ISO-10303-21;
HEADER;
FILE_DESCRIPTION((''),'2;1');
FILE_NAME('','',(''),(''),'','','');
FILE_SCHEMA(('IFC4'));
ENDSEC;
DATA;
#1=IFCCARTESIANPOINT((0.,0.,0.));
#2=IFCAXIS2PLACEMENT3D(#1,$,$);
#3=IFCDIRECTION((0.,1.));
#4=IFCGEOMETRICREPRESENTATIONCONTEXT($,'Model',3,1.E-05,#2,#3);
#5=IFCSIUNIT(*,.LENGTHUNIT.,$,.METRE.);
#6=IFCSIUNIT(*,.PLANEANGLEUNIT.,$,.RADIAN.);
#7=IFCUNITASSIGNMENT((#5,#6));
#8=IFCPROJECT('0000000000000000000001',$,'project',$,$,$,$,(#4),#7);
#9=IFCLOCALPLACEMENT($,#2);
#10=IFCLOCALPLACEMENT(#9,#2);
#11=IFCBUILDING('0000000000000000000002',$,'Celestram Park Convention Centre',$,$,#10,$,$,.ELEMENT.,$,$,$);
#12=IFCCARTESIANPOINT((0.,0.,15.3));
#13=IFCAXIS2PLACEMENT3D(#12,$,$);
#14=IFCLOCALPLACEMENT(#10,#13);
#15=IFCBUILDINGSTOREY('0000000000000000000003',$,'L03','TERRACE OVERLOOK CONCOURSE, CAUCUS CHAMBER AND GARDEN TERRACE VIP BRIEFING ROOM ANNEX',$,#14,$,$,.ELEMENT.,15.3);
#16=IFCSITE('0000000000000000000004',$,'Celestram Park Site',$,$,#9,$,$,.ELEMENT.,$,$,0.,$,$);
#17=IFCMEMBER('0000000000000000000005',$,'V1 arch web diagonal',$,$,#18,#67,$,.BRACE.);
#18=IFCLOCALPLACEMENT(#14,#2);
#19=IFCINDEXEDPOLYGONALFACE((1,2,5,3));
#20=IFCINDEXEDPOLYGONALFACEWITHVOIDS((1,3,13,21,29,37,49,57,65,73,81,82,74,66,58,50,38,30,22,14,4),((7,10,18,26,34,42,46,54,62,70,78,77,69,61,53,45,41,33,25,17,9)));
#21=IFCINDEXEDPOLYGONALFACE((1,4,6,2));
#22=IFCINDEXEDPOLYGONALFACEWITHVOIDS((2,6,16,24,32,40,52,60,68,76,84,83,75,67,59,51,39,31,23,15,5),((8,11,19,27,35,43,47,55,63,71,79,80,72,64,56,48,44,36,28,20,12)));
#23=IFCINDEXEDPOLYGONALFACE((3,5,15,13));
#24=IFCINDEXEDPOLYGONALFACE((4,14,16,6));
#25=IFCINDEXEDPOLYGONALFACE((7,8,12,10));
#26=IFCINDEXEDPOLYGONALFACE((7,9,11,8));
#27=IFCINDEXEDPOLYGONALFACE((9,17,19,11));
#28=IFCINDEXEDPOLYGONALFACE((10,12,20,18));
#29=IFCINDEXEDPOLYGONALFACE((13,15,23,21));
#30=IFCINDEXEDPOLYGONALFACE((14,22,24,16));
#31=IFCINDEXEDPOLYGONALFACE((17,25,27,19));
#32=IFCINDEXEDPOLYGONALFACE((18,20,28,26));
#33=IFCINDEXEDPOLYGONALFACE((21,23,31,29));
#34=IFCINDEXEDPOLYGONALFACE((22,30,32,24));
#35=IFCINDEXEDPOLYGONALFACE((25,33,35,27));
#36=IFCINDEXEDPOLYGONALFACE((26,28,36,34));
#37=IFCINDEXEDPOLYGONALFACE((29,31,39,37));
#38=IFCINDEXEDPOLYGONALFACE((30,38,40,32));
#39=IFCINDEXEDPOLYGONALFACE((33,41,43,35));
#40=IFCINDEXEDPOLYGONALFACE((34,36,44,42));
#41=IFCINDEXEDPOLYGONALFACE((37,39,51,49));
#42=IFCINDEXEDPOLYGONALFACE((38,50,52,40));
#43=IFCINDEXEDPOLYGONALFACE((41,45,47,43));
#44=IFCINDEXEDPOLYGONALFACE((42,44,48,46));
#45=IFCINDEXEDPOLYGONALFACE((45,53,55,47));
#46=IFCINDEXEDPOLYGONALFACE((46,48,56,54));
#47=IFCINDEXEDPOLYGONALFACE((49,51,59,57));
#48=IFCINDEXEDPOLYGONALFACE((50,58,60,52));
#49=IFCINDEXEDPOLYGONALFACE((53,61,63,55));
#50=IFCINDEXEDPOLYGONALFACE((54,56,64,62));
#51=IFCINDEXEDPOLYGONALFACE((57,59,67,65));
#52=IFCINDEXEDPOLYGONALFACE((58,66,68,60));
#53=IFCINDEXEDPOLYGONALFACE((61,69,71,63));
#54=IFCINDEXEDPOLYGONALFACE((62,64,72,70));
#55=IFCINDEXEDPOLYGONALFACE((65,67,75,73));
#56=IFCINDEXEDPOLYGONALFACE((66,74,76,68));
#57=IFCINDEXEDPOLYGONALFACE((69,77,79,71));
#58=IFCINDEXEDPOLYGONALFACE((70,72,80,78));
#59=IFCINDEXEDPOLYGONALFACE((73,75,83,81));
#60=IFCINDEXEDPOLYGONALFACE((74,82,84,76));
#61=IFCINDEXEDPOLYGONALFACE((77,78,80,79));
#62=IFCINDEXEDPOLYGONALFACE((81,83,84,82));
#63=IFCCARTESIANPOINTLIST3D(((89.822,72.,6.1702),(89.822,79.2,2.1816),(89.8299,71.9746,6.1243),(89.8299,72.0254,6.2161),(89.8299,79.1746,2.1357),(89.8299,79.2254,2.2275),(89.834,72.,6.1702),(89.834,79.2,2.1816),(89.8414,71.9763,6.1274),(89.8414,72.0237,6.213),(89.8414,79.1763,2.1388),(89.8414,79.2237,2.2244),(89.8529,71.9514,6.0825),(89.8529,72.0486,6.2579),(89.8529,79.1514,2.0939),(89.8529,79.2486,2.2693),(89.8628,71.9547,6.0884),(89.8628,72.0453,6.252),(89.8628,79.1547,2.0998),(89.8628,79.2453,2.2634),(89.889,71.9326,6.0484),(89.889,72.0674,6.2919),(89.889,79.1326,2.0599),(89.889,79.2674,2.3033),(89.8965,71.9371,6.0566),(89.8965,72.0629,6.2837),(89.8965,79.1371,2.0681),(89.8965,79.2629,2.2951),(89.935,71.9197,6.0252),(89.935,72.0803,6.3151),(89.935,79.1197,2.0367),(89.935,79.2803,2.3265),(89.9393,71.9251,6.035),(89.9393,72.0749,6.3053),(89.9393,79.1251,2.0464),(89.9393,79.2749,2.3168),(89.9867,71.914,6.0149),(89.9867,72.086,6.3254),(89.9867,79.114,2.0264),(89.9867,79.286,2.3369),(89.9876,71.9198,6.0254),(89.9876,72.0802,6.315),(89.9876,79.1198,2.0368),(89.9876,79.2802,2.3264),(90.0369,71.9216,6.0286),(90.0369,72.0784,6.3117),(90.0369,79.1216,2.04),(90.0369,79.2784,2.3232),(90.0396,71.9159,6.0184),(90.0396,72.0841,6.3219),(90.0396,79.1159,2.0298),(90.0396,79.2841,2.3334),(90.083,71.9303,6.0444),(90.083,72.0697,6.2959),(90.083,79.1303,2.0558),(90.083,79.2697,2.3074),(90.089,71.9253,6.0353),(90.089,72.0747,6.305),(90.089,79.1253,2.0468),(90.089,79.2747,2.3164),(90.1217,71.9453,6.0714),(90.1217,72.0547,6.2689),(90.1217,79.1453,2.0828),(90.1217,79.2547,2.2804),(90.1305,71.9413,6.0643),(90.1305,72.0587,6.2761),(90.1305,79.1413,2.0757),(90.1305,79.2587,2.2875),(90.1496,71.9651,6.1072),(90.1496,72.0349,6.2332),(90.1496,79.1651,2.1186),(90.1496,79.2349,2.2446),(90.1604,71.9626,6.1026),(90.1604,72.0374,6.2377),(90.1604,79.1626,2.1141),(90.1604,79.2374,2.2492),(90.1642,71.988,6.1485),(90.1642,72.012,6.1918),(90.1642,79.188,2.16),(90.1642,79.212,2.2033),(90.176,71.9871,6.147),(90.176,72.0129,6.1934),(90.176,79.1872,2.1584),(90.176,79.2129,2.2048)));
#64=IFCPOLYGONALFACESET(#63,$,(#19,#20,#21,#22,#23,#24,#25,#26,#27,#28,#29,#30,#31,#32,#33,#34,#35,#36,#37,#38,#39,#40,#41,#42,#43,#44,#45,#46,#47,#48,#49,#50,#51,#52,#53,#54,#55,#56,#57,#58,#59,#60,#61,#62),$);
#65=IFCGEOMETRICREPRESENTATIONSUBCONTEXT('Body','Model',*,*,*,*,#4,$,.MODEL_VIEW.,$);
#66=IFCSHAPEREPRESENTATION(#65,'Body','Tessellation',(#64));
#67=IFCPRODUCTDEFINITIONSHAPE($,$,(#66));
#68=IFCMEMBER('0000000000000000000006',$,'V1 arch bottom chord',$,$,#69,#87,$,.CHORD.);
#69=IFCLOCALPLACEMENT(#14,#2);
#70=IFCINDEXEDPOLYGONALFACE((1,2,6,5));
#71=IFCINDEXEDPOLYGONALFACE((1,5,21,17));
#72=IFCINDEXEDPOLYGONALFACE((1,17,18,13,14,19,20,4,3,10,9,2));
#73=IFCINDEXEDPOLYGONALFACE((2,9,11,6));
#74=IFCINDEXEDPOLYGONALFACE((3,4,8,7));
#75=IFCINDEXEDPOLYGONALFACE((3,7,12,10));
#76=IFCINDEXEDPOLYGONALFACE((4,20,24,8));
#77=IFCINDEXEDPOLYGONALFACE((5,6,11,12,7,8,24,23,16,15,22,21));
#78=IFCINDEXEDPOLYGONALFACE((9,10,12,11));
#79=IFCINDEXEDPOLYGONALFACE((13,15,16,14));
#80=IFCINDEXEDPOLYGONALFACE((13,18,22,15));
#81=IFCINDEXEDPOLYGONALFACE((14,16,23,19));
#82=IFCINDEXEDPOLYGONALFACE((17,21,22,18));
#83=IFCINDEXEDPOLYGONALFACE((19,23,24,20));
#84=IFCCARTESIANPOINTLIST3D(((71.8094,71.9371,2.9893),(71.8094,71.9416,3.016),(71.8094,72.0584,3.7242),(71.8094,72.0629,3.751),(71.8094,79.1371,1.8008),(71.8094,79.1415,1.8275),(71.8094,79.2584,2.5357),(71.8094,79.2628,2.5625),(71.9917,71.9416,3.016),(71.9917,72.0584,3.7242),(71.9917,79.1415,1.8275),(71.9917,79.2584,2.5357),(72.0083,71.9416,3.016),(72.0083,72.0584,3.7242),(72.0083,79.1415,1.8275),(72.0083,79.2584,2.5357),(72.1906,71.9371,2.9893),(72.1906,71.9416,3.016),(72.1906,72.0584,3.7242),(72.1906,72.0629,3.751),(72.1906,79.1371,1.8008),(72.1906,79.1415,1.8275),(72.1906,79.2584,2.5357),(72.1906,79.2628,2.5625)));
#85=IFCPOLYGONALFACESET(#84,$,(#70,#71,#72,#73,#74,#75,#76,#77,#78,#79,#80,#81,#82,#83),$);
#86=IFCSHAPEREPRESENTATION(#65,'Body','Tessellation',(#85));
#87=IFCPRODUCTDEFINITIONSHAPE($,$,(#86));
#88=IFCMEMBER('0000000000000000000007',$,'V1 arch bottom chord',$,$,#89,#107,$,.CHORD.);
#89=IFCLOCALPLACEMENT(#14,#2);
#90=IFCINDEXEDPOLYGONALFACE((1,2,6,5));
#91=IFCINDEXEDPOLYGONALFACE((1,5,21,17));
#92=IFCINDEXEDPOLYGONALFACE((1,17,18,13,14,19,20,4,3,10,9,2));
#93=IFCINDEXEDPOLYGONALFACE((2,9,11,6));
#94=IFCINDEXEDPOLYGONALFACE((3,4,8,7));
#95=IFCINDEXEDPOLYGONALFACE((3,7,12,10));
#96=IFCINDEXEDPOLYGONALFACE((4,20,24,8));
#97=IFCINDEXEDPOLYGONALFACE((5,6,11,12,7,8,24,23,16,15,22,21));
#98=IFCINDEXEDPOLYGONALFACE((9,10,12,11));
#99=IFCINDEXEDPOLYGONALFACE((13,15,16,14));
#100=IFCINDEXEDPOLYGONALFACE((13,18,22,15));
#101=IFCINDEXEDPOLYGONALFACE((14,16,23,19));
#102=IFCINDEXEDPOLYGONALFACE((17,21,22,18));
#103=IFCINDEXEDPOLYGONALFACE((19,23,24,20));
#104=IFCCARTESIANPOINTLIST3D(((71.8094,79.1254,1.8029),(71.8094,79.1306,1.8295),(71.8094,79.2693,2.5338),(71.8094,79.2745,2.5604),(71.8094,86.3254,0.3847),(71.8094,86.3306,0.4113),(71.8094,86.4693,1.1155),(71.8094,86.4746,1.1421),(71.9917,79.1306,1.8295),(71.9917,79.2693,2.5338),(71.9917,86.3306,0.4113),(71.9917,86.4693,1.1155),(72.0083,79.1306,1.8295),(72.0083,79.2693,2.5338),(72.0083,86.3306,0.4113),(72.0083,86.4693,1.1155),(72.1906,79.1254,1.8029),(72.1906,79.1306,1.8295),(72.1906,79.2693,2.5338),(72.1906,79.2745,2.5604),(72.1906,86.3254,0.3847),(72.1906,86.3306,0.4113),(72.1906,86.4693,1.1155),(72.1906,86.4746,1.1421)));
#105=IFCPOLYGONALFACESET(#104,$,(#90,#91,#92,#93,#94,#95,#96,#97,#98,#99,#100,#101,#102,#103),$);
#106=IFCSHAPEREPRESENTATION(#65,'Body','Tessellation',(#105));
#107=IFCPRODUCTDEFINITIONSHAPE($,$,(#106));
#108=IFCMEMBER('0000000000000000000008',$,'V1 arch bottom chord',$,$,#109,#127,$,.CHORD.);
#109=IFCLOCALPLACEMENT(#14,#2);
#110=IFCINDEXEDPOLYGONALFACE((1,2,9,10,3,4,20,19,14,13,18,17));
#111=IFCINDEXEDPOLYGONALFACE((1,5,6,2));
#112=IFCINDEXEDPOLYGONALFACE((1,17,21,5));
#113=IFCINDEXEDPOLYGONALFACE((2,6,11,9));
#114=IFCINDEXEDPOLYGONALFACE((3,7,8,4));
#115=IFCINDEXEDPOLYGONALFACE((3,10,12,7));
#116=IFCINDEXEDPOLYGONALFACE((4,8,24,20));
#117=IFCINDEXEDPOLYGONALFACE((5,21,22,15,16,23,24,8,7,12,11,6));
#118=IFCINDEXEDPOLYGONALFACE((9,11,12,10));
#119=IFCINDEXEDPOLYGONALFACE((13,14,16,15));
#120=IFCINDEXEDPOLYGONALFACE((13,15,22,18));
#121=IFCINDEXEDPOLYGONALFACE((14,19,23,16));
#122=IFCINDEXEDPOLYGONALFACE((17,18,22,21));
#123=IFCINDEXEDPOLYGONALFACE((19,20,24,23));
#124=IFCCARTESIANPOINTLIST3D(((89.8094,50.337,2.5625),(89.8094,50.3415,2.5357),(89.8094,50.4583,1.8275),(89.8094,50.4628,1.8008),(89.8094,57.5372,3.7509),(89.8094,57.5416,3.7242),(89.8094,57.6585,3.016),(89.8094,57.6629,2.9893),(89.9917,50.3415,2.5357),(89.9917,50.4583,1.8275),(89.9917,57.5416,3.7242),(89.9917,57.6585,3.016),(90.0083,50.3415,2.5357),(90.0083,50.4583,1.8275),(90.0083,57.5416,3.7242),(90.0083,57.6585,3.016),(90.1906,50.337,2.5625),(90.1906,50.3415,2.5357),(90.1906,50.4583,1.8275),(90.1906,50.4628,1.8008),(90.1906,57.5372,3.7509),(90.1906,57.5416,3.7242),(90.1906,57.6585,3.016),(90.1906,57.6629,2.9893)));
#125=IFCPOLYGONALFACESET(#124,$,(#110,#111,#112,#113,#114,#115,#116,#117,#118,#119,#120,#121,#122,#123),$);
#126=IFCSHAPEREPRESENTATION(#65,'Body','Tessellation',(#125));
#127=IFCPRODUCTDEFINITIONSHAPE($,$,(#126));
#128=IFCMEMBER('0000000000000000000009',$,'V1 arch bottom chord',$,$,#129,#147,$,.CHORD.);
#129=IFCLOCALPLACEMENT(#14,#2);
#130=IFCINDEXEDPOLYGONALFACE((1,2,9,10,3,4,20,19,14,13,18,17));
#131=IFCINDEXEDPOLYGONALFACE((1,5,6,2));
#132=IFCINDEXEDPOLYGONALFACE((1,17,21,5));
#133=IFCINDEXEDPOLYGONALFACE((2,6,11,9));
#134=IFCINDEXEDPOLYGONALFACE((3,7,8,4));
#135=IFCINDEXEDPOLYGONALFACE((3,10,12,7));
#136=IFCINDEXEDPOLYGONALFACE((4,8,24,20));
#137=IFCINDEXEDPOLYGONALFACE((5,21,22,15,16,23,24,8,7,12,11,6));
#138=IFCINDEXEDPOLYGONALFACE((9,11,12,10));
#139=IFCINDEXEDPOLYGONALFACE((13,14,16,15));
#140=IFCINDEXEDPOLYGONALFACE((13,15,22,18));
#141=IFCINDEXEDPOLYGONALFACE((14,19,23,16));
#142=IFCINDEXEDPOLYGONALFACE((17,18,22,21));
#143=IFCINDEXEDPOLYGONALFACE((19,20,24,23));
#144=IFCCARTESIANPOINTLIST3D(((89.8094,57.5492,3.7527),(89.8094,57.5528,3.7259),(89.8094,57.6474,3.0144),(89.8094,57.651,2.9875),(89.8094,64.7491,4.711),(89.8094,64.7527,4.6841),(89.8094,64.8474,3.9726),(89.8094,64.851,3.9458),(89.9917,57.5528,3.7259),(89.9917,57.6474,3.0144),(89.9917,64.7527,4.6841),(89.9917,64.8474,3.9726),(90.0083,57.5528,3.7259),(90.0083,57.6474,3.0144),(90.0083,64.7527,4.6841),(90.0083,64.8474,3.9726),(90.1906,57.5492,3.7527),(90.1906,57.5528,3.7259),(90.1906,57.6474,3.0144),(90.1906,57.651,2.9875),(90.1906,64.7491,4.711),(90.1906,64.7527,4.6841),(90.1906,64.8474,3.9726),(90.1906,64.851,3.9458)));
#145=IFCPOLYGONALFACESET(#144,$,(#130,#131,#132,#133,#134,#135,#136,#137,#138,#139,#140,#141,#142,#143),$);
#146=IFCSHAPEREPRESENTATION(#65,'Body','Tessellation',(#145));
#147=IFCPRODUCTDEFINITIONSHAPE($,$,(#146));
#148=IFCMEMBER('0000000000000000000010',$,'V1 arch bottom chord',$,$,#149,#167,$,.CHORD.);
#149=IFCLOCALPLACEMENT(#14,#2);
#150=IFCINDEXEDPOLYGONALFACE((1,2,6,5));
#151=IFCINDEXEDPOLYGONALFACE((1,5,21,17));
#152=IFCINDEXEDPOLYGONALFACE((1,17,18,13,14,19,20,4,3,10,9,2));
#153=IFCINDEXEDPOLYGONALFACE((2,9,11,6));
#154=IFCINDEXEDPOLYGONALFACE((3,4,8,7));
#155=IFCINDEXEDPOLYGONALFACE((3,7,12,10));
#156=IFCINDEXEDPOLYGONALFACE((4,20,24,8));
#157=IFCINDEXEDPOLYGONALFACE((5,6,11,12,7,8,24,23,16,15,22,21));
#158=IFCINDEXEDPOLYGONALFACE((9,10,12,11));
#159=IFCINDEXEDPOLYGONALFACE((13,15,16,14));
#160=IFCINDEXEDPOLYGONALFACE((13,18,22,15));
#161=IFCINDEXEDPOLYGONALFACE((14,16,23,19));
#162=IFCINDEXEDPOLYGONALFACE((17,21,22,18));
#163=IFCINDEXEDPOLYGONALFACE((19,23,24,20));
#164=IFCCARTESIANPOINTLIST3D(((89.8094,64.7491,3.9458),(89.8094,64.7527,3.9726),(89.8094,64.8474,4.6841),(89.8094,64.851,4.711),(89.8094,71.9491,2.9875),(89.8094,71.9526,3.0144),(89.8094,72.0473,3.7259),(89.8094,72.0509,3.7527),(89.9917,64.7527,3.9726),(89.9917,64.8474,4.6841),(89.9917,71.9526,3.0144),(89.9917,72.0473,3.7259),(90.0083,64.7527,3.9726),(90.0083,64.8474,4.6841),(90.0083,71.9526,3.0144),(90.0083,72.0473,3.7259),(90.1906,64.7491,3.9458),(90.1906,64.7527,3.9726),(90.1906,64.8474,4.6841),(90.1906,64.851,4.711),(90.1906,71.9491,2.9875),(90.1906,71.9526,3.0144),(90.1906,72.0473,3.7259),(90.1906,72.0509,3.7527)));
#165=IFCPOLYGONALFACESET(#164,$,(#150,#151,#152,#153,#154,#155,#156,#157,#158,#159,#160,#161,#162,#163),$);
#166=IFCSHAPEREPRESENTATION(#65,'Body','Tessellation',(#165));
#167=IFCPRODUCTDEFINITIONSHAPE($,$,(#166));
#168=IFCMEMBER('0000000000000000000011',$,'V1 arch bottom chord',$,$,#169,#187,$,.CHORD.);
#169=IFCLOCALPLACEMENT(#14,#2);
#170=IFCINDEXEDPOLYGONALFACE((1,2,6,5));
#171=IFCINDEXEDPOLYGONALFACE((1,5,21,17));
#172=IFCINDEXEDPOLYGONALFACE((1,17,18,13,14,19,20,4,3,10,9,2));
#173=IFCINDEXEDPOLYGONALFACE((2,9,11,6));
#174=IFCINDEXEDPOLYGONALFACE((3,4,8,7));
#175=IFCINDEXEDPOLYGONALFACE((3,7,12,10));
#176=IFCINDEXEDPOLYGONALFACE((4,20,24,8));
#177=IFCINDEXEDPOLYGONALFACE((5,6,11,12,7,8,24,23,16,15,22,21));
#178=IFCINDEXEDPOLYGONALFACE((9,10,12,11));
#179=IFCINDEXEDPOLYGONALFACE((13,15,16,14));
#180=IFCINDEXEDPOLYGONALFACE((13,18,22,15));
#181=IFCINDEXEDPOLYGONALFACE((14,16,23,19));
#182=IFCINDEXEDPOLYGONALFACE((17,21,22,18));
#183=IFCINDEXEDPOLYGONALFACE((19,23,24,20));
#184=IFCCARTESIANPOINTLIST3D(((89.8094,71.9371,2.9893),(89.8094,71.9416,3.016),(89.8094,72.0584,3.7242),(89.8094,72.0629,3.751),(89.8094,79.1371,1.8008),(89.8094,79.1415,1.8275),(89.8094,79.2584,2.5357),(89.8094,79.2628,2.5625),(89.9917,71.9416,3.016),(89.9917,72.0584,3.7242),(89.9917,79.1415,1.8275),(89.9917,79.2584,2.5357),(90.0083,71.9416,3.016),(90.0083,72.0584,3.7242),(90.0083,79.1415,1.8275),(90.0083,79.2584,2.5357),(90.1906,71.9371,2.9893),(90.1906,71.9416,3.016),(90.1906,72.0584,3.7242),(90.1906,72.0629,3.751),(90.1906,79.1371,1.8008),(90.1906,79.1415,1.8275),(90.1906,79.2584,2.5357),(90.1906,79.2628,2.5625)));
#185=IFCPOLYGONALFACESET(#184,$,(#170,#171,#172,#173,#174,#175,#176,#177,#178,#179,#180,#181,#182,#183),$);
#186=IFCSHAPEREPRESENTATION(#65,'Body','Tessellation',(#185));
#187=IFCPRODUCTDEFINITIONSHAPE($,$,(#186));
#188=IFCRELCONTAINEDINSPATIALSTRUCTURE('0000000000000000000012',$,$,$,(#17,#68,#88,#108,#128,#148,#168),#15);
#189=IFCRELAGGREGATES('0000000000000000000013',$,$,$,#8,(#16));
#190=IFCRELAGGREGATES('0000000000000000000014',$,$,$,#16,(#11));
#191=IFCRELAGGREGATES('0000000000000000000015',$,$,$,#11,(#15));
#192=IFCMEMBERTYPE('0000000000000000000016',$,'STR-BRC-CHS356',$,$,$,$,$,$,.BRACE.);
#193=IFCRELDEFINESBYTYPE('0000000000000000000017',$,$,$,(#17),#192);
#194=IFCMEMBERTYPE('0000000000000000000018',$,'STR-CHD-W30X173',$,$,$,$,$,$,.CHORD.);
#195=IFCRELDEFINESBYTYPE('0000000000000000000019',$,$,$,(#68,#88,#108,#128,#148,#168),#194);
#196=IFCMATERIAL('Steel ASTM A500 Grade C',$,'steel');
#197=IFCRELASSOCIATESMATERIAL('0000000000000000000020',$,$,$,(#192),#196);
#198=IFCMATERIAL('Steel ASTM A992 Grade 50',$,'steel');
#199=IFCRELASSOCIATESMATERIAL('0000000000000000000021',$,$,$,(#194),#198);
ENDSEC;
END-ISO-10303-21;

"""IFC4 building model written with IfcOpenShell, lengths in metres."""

from ifc_helpers import new_model, si_unit, direction, frame, origin, origin_2d, place, context, subcontext, project, spatial, hollow_circle, i_section, extrude, material, material_profile, profile_set, type_object, element, save


model = new_model("IFC4")

# Units and contexts
model_context = context("Model", 3, precision=1e-05, world=origin(), true_north=direction((0.0, 1.0)))
body_context = subcontext(model_context, "Body", "Model", "MODEL_VIEW")
ifc_project = project(units=[si_unit("LENGTHUNIT", "METRE"), si_unit("PLANEANGLEUNIT", "RADIAN")], contexts=[model_context])

# Site, building, storey
site_placement = place(None, origin())
site = spatial("IfcSite", under=ifc_project, at=site_placement, Name="Celestram Park Site", CompositionType="ELEMENT", RefElevation=0.0)
building_placement = place(site_placement, origin())
building = spatial("IfcBuilding", under=site, at=building_placement, Name="Celestram Park Convention Centre", CompositionType="ELEMENT")
storey_placement = place(building_placement, frame((0.0, 0.0, 15.3)))
storey = spatial("IfcBuildingStorey", under=building, at=storey_placement, Name="L03", Description="TERRACE OVERLOOK CONCOURSE, CAUCUS CHAMBER AND GARDEN TERRACE VIP BRIEFING ROOM ANNEX", CompositionType="ELEMENT", Elevation=15.3)

# Members
ifc_material_1 = material(Name="Steel ASTM A500 Grade C", Category="steel")
ifc_material_profile_1 = material_profile(ifc_material_1, hollow_circle(Radius=0.178, WallThickness=0.012, at=origin_2d()), Name="CHS356X12")
ifc_profile_set_1 = profile_set([ifc_material_profile_1], Name="Steel ASTM A500 Grade C")
member_type_1 = type_object("IfcMemberType", Name="STR-BRC-CHS356", PredefinedType="BRACE", material=ifc_profile_set_1)
member_1_placement = place(storey_placement, frame((90.0, 72.0, 6.1702), z_axis=(0.0, 0.874747, -0.48458), x_axis=(-1.0, 0.0, 0.0)))
element("IfcMember", 1, at=member_1_placement, inside=storey, type_object=member_type_1, Name="V1 arch web diagonal", PredefinedType="BRACE", context=body_context, shape_type="SweptSolid", body=[
    extrude(hollow_circle(Radius=0.178, WallThickness=0.012, at=origin_2d()), origin(), (0.0, 0.0, 1.0), 8.231),
])
ifc_material_2 = material(Name="Steel ASTM A992 Grade 50", Category="steel")
ifc_material_profile_2 = material_profile(ifc_material_2, i_section(OverallWidth=0.3811, OverallDepth=0.772, WebThickness=0.0166, FlangeThickness=0.0271, at=origin_2d()), Name="W30X173")
ifc_profile_set_2 = profile_set([ifc_material_profile_2], Name="Steel ASTM A992 Grade 50")
member_type_2 = type_object("IfcMemberType", Name="STR-CHD-W30X173", PredefinedType="CHORD", material=ifc_profile_set_2)
member_2_placement = place(storey_placement, frame((72.0, 72.0, 3.3701), z_axis=(0.0, 0.986649, -0.162863), x_axis=(-1.0, 0.0, 0.0)))
element("IfcMember", 2, at=member_2_placement, inside=storey, type_object=member_type_2, Name="V1 arch bottom chord", PredefinedType="CHORD", context=body_context, shape_type="SweptSolid", body=[
    extrude(i_section(OverallWidth=0.3811, OverallDepth=0.772, WebThickness=0.0166, FlangeThickness=0.0271, at=origin_2d()), origin(), (0.0, 0.0, 1.0), 7.2974),
])
member_3_placement = place(storey_placement, frame((72.0, 79.2, 2.1816), z_axis=(0.0, 0.981147, -0.193262), x_axis=(-1.0, 0.0, 0.0)))
element("IfcMember", 3, at=member_3_placement, inside=storey, type_object=member_type_2, Name="V1 arch bottom chord", PredefinedType="CHORD", context=body_context, shape_type="SweptSolid", body=[
    extrude(i_section(OverallWidth=0.3811, OverallDepth=0.772, WebThickness=0.0166, FlangeThickness=0.0271, at=origin_2d()), origin(), (0.0, 0.0, 1.0), 7.3384),
])
member_4_placement = place(storey_placement, frame((90.0, 50.3999, 2.1816), z_axis=(0.0, 0.98665, 0.162858), x_axis=(-1.0, 0.0, 0.0)))
element("IfcMember", 4, at=member_4_placement, inside=storey, type_object=member_type_2, Name="V1 arch bottom chord", PredefinedType="CHORD", context=body_context, shape_type="SweptSolid", body=[
    extrude(i_section(OverallWidth=0.3811, OverallDepth=0.772, WebThickness=0.0166, FlangeThickness=0.0271, at=origin_2d()), origin(), (0.0, 0.0, 1.0), 7.2976),
])
for number, where, z_axis, x_axis, name in (
    (5, (90.0, 57.6001, 3.3701), (0.0, 0.991259, 0.131928), (-1.0, 0.0, 0.0), "V1 arch bottom chord"),
    (6, (90.0, 64.8, 4.3284), (0.0, 0.991259, -0.131928), (-1.0, 0.0, 0.0), "V1 arch bottom chord"),
):
    element("IfcMember", number, at=place(storey_placement, frame(where, z_axis=z_axis, x_axis=x_axis)), inside=storey, type_object=member_type_2, Name=name, PredefinedType="CHORD", context=body_context, shape_type="SweptSolid", body=[
        extrude(i_section(OverallWidth=0.3811, OverallDepth=0.772, WebThickness=0.0166, FlangeThickness=0.0271, at=origin_2d()), origin(), (0.0, 0.0, 1.0), 7.2634),
    ])
member_5_placement = place(storey_placement, frame((90.0, 72.0, 3.3701), z_axis=(0.0, 0.986649, -0.162863), x_axis=(-1.0, 0.0, 0.0)))
element("IfcMember", 7, at=member_5_placement, inside=storey, type_object=member_type_2, Name="V1 arch bottom chord", PredefinedType="CHORD", context=body_context, shape_type="SweptSolid", body=[
    extrude(i_section(OverallWidth=0.3811, OverallDepth=0.772, WebThickness=0.0166, FlangeThickness=0.0271, at=origin_2d()), origin(), (0.0, 0.0, 1.0), 7.2974),
])

save(model, "model.ifc")
